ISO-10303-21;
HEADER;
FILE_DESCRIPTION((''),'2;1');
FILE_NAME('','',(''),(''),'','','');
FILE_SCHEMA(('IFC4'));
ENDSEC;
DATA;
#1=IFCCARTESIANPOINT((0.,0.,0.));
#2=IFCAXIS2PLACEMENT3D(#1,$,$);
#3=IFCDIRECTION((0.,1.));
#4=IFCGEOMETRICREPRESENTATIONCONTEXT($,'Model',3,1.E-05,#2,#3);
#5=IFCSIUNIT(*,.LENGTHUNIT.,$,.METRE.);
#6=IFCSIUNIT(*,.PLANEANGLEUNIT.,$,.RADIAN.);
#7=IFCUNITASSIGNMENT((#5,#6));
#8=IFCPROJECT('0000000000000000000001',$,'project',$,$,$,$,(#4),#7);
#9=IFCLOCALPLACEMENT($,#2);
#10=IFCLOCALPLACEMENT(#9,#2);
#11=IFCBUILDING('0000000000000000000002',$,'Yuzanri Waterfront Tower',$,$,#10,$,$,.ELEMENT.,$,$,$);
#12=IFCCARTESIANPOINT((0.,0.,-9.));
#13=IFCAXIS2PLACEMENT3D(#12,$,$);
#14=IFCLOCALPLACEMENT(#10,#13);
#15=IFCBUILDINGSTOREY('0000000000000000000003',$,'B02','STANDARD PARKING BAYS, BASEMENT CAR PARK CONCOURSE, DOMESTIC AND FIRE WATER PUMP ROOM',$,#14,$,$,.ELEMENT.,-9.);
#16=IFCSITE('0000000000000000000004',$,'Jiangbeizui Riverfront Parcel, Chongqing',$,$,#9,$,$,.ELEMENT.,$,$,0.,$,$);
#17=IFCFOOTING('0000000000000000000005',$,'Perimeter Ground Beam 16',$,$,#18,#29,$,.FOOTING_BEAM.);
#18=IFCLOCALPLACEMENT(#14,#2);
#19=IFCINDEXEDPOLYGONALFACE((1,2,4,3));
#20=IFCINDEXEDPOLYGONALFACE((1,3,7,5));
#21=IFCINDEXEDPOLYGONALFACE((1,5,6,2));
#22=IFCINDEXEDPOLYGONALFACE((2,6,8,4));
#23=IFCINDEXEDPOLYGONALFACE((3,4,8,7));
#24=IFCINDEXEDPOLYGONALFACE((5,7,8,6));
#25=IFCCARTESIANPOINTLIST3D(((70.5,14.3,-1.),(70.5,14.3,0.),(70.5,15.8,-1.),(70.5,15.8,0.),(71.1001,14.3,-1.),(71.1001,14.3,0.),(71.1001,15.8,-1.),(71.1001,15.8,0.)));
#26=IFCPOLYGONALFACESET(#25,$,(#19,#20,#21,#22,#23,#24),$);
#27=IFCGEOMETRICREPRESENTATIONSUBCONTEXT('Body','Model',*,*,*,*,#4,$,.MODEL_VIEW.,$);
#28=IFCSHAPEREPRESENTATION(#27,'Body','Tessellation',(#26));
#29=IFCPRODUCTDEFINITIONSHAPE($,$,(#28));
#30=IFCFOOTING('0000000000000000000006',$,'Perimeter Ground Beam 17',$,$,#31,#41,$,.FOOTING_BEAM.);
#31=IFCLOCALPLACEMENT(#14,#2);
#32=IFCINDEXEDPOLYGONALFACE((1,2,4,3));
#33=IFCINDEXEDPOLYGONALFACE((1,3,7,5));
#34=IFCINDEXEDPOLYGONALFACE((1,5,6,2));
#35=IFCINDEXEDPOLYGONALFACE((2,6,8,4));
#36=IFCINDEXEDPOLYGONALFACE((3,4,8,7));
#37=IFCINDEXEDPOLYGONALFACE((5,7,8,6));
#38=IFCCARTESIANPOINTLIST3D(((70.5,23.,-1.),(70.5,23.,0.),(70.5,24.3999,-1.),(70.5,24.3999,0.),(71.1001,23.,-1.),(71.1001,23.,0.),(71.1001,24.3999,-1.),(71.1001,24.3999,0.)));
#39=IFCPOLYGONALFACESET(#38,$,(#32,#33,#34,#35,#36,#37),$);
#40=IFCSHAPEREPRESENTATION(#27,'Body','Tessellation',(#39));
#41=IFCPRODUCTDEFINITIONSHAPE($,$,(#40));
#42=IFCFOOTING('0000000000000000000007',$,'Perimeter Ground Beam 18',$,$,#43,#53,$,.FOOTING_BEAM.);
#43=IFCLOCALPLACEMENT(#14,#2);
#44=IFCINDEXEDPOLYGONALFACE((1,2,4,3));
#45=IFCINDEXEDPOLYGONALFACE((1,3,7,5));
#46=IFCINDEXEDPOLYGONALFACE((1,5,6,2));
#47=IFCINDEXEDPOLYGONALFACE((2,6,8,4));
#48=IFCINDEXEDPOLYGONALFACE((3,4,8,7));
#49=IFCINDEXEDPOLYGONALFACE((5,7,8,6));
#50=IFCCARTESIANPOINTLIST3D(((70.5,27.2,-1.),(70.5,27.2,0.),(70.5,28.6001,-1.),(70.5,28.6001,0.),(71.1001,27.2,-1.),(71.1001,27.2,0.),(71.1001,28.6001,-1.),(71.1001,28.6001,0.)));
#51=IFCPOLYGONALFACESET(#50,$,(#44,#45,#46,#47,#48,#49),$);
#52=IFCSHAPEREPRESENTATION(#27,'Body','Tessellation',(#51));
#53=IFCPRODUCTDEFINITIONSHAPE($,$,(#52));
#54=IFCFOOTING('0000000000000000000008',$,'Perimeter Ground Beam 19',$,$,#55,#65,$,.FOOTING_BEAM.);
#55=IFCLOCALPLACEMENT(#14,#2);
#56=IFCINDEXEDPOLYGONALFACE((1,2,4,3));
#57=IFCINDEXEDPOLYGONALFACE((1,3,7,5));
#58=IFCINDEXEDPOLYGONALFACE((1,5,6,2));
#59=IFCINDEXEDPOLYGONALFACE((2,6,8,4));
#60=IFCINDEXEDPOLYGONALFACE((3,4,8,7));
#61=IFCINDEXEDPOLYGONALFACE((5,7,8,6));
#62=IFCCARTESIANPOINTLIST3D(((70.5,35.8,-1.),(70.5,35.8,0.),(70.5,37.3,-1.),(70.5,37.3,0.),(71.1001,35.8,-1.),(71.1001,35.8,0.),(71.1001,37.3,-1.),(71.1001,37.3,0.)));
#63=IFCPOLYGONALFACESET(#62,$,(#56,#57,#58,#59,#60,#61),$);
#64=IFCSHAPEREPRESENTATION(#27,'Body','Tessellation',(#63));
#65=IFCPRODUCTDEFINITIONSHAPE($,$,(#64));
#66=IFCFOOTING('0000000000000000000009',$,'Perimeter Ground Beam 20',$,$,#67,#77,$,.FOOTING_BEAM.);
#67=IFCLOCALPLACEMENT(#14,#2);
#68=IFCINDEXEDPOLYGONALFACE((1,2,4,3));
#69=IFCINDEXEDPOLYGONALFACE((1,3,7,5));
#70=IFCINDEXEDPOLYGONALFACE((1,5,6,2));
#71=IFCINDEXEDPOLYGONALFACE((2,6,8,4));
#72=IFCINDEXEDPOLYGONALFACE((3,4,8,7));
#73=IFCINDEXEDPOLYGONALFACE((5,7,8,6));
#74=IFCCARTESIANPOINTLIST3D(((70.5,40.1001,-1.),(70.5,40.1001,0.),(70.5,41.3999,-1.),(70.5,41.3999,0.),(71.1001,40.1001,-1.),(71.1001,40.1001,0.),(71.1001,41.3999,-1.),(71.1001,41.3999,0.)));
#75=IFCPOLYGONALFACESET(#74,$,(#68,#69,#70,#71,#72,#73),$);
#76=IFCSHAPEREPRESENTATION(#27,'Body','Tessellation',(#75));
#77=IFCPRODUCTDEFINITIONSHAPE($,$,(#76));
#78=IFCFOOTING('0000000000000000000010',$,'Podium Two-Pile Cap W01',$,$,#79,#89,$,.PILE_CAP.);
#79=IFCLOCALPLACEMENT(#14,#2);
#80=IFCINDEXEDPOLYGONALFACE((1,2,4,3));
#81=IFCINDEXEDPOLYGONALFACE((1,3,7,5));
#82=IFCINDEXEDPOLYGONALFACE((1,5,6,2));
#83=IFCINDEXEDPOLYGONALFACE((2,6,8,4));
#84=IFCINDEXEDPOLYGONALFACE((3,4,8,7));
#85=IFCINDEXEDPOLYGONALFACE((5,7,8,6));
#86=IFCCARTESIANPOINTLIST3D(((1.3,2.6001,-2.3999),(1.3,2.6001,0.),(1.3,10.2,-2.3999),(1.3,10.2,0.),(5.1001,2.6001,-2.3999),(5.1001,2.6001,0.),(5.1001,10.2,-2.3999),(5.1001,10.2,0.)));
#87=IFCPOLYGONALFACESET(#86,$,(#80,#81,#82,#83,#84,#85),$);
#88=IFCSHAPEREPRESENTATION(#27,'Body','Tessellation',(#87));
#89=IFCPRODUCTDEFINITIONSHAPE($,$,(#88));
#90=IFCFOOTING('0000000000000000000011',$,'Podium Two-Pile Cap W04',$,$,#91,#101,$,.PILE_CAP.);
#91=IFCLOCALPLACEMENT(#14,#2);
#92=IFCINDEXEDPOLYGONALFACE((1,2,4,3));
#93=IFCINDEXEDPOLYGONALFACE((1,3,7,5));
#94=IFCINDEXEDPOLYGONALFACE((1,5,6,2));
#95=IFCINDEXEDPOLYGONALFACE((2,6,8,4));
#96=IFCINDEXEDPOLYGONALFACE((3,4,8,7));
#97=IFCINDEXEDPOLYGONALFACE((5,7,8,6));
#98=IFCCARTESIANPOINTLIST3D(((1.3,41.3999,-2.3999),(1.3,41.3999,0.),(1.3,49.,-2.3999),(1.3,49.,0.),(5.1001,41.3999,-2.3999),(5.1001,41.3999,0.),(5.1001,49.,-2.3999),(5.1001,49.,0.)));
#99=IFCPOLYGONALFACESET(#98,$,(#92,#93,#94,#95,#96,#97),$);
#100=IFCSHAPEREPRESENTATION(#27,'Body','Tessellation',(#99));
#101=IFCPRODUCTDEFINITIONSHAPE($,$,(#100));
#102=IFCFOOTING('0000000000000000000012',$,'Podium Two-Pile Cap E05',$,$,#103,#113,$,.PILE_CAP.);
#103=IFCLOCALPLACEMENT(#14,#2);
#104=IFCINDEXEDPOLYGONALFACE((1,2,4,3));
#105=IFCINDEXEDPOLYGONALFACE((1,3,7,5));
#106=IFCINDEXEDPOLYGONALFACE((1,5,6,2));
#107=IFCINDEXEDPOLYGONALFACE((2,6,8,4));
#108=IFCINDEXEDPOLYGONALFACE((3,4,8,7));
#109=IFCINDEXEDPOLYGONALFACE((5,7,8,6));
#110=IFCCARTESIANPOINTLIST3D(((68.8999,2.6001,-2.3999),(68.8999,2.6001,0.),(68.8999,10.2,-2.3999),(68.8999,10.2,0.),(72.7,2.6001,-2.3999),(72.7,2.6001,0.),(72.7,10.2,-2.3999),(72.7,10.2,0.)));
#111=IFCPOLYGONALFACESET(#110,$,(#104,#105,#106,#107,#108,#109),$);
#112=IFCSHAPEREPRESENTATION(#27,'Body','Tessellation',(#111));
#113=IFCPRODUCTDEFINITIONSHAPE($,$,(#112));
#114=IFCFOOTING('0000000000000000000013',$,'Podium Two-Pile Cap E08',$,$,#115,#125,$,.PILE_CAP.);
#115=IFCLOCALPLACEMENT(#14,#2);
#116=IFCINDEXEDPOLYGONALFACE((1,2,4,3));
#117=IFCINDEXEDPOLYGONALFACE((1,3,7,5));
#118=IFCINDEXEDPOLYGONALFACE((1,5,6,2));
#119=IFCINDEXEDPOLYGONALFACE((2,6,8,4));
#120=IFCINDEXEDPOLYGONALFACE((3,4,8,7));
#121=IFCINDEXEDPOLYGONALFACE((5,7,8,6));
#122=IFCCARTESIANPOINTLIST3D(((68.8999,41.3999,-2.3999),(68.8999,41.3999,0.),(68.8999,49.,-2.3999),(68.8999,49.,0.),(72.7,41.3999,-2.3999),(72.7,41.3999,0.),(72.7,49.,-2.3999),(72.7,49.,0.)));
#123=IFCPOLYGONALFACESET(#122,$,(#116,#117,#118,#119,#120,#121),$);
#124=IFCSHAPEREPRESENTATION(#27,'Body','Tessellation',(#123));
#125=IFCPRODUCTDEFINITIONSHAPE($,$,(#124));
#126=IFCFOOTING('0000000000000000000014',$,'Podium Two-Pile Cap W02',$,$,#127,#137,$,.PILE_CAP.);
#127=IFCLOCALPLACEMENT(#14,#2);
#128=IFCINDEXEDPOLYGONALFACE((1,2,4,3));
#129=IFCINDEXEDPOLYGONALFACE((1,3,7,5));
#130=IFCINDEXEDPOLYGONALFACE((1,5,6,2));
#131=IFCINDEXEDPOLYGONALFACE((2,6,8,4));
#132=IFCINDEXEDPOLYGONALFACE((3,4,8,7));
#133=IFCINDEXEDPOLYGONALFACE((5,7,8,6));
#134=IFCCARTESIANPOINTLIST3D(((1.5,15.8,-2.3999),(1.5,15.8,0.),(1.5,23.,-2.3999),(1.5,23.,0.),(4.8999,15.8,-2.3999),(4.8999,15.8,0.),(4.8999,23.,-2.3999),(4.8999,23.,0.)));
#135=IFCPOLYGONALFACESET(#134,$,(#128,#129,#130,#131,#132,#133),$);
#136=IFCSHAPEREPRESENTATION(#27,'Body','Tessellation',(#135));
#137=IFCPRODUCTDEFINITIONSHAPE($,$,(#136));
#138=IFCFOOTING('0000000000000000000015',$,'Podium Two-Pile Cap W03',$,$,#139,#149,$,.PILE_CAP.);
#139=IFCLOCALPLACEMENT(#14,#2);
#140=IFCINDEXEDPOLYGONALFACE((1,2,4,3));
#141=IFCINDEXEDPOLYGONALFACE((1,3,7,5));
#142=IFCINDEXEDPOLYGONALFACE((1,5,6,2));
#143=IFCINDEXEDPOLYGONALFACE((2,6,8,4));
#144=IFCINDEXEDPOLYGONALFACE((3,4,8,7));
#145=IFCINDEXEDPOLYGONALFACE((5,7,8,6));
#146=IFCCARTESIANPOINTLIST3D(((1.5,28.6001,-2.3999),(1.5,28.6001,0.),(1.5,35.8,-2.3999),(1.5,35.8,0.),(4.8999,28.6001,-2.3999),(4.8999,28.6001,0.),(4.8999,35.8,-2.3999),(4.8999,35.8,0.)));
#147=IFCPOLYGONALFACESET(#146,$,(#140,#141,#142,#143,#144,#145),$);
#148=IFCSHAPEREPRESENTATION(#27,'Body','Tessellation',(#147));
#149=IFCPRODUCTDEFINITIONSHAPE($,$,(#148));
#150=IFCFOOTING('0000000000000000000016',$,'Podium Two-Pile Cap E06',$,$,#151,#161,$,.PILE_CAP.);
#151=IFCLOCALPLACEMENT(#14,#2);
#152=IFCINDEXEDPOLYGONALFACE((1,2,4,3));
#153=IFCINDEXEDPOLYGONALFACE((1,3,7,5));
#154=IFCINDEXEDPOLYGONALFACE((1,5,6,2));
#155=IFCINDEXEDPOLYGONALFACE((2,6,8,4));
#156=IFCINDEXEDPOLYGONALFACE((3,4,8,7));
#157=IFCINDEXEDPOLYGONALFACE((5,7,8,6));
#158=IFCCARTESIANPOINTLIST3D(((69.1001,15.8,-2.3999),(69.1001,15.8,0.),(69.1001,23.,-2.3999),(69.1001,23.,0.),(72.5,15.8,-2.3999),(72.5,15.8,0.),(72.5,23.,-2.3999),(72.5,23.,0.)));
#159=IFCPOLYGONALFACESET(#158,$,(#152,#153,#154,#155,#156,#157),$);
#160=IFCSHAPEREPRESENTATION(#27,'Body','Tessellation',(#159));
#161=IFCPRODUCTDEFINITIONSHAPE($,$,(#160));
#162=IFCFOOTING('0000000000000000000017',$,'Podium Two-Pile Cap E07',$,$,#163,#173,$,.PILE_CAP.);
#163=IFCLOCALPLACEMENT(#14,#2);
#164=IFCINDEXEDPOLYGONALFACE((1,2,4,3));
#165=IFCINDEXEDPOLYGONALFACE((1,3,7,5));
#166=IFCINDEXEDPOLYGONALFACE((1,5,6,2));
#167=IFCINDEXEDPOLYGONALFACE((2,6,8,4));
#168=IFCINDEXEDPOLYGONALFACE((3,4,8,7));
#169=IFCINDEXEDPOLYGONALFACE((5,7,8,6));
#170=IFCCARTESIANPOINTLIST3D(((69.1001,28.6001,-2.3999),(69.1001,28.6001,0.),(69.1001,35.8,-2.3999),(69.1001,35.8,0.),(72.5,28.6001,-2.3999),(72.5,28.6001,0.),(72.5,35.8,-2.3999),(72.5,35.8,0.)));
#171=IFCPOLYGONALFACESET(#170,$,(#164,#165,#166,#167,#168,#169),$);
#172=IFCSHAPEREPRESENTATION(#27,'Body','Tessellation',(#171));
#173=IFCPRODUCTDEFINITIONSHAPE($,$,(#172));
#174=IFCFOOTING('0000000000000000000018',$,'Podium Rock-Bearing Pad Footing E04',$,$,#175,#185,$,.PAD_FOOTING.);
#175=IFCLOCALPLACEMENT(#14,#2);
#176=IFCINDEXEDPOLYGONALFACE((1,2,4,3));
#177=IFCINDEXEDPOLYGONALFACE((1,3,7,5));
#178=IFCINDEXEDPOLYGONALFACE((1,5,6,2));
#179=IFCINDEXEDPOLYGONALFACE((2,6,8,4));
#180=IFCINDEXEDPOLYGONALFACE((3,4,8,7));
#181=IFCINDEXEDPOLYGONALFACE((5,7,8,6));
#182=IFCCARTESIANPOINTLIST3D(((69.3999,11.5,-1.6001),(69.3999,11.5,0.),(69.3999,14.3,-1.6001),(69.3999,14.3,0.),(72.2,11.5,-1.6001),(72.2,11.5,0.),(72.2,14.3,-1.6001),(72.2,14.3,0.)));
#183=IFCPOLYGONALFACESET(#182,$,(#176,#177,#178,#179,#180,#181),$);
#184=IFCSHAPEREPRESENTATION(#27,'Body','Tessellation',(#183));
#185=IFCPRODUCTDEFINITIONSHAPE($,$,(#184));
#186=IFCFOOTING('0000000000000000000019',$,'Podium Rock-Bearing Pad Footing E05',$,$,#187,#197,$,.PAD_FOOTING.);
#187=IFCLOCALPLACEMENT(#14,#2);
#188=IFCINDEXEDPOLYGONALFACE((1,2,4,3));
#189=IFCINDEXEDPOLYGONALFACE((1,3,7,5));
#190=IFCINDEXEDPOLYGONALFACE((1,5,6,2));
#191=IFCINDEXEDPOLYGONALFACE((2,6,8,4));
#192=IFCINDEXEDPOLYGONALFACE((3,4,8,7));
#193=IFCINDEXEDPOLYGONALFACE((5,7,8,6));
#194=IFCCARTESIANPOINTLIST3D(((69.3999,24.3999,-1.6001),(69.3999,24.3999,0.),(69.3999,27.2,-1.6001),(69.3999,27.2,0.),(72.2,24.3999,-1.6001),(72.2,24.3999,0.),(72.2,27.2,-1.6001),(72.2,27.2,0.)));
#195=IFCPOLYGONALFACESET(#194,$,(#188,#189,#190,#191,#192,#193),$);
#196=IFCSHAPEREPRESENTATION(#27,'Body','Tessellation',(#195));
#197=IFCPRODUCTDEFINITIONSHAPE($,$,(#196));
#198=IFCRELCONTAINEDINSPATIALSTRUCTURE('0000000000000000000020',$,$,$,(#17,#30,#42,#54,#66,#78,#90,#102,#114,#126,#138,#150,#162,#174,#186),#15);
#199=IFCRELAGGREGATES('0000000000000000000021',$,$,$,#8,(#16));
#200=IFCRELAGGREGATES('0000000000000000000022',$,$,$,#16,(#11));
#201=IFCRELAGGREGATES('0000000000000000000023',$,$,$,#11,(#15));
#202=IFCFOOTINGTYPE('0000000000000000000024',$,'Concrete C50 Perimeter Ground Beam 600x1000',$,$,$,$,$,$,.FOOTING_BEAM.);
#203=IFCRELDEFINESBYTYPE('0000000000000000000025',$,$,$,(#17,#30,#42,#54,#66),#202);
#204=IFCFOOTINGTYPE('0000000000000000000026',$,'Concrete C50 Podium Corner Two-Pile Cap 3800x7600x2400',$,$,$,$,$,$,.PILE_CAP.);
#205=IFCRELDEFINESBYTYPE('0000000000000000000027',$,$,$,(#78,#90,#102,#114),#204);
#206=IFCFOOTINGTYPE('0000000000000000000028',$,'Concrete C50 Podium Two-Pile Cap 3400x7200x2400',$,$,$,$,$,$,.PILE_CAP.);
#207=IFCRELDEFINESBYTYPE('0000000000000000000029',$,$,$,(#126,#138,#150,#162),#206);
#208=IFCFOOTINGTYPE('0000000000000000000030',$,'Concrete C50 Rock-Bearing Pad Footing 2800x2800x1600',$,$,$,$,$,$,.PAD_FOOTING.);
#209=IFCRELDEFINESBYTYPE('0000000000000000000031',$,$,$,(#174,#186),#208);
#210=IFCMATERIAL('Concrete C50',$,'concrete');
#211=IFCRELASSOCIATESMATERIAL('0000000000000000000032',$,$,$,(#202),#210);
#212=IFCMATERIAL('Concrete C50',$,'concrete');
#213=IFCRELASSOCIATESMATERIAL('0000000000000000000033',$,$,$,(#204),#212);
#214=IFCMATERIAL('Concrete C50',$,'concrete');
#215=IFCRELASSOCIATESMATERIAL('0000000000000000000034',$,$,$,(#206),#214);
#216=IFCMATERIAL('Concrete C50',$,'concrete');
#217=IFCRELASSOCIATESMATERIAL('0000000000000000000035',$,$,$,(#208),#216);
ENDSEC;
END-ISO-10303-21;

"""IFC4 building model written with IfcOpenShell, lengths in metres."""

from ifc_helpers import new_model, si_unit, direction, frame, origin, place, context, subcontext, project, spatial, polyline, outline, extrude, material, type_object, element, save


model = new_model("IFC4")

# Units and contexts
model_context = context("Model", 3, precision=1e-05, world=origin(), true_north=direction((0.0, 1.0)))
body_context = subcontext(model_context, "Body", "Model", "MODEL_VIEW")
ifc_project = project(units=[si_unit("LENGTHUNIT", "METRE"), si_unit("PLANEANGLEUNIT", "RADIAN")], contexts=[model_context])

# Site, building, storey
site_placement = place(None, origin())
site = spatial("IfcSite", under=ifc_project, at=site_placement, Name="Jiangbeizui Riverfront Parcel, Chongqing", CompositionType="ELEMENT", RefElevation=0.0)
building_placement = place(site_placement, origin())
building = spatial("IfcBuilding", under=site, at=building_placement, Name="Yuzanri Waterfront Tower", CompositionType="ELEMENT")
storey_placement = place(building_placement, frame((0.0, 0.0, -9.0)))
storey = spatial("IfcBuildingStorey", under=building, at=storey_placement, Name="B02", Description="STANDARD PARKING BAYS, BASEMENT CAR PARK CONCOURSE, DOMESTIC AND FIRE WATER PUMP ROOM", CompositionType="ELEMENT", Elevation=-9.0)

# Footings
ifc_material_1 = material(Name="Concrete C50", Category="concrete")
footing_type_1 = type_object("IfcFootingType", Name="Concrete C50 Perimeter Ground Beam 600x1000", PredefinedType="FOOTING_BEAM", material=ifc_material_1)
footing_1_placement = place(storey_placement, frame((0.0, 0.0, -1.0)))
element("IfcFooting", 1, at=footing_1_placement, inside=storey, type_object=footing_type_1, Name="Perimeter Ground Beam 16", PredefinedType="FOOTING_BEAM", context=body_context, shape_type="SweptSolid", body=[
    extrude(outline(polyline([(70.5, 14.3), (71.1001, 14.3), (71.1001, 15.8), (70.5, 15.8), (70.5, 14.3)])), origin(), (0.0, 0.0, 1.0), 1.0),
])
footing_2_placement = place(storey_placement, frame((0.0, 0.0, -1.0)))
element("IfcFooting", 2, at=footing_2_placement, inside=storey, type_object=footing_type_1, Name="Perimeter Ground Beam 17", PredefinedType="FOOTING_BEAM", context=body_context, shape_type="SweptSolid", body=[
    extrude(outline(polyline([(70.5, 23.0), (71.1001, 23.0), (71.1001, 24.3999), (70.5, 24.3999), (70.5, 23.0)])), origin(), (0.0, 0.0, 1.0), 1.0),
])
footing_3_placement = place(storey_placement, frame((0.0, 0.0, -1.0)))
element("IfcFooting", 3, at=footing_3_placement, inside=storey, type_object=footing_type_1, Name="Perimeter Ground Beam 18", PredefinedType="FOOTING_BEAM", context=body_context, shape_type="SweptSolid", body=[
    extrude(outline(polyline([(70.5, 27.2), (71.1001, 27.2), (71.1001, 28.6001), (70.5, 28.6001), (70.5, 27.2)])), origin(), (0.0, 0.0, 1.0), 1.0),
])
footing_4_placement = place(storey_placement, frame((0.0, 0.0, -1.0)))
element("IfcFooting", 4, at=footing_4_placement, inside=storey, type_object=footing_type_1, Name="Perimeter Ground Beam 19", PredefinedType="FOOTING_BEAM", context=body_context, shape_type="SweptSolid", body=[
    extrude(outline(polyline([(70.5, 35.8), (71.1001, 35.8), (71.1001, 37.3), (70.5, 37.3), (70.5, 35.8)])), origin(), (0.0, 0.0, 1.0), 1.0),
])
footing_5_placement = place(storey_placement, frame((0.0, 0.0, -1.0)))
element("IfcFooting", 5, at=footing_5_placement, inside=storey, type_object=footing_type_1, Name="Perimeter Ground Beam 20", PredefinedType="FOOTING_BEAM", context=body_context, shape_type="SweptSolid", body=[
    extrude(outline(polyline([(70.5, 40.1001), (71.1001, 40.1001), (71.1001, 41.3999), (70.5, 41.3999), (70.5, 40.1001)])), origin(), (0.0, 0.0, 1.0), 1.0),
])
ifc_material_2 = material(Name="Concrete C50", Category="concrete")
footing_type_2 = type_object("IfcFootingType", Name="Concrete C50 Podium Corner Two-Pile Cap 3800x7600x2400", PredefinedType="PILE_CAP", material=ifc_material_2)
footing_6_placement = place(storey_placement, frame((0.0, 0.0, -2.3999)))
element("IfcFooting", 6, at=footing_6_placement, inside=storey, type_object=footing_type_2, Name="Podium Two-Pile Cap W01", PredefinedType="PILE_CAP", context=body_context, shape_type="SweptSolid", body=[
    extrude(outline(polyline([(1.3, 2.6001), (5.1001, 2.6001), (5.1001, 10.2), (1.3, 10.2), (1.3, 2.6001)])), origin(), (0.0, 0.0, 1.0), 2.3999),
])
footing_7_placement = place(storey_placement, frame((0.0, 0.0, -2.3999)))
element("IfcFooting", 7, at=footing_7_placement, inside=storey, type_object=footing_type_2, Name="Podium Two-Pile Cap W04", PredefinedType="PILE_CAP", context=body_context, shape_type="SweptSolid", body=[
    extrude(outline(polyline([(1.3, 41.3999), (5.1001, 41.3999), (5.1001, 49.0), (1.3, 49.0), (1.3, 41.3999)])), origin(), (0.0, 0.0, 1.0), 2.3999),
])
footing_8_placement = place(storey_placement, frame((0.0, 0.0, -2.3999)))
element("IfcFooting", 8, at=footing_8_placement, inside=storey, type_object=footing_type_2, Name="Podium Two-Pile Cap E05", PredefinedType="PILE_CAP", context=body_context, shape_type="SweptSolid", body=[
    extrude(outline(polyline([(68.8999, 2.6001), (72.7, 2.6001), (72.7, 10.2), (68.8999, 10.2), (68.8999, 2.6001)])), origin(), (0.0, 0.0, 1.0), 2.3999),
])
footing_9_placement = place(storey_placement, frame((0.0, 0.0, -2.3999)))
element("IfcFooting", 9, at=footing_9_placement, inside=storey, type_object=footing_type_2, Name="Podium Two-Pile Cap E08", PredefinedType="PILE_CAP", context=body_context, shape_type="SweptSolid", body=[
    extrude(outline(polyline([(68.8999, 41.3999), (72.7, 41.3999), (72.7, 49.0), (68.8999, 49.0), (68.8999, 41.3999)])), origin(), (0.0, 0.0, 1.0), 2.3999),
])
ifc_material_3 = material(Name="Concrete C50", Category="concrete")
footing_type_3 = type_object("IfcFootingType", Name="Concrete C50 Podium Two-Pile Cap 3400x7200x2400", PredefinedType="PILE_CAP", material=ifc_material_3)
footing_10_placement = place(storey_placement, frame((0.0, 0.0, -2.3999)))
element("IfcFooting", 10, at=footing_10_placement, inside=storey, type_object=footing_type_3, Name="Podium Two-Pile Cap W02", PredefinedType="PILE_CAP", context=body_context, shape_type="SweptSolid", body=[
    extrude(outline(polyline([(1.5, 15.8), (4.8999, 15.8), (4.8999, 23.0), (1.5, 23.0), (1.5, 15.8)])), origin(), (0.0, 0.0, 1.0), 2.3999),
])
footing_11_placement = place(storey_placement, frame((0.0, 0.0, -2.3999)))
element("IfcFooting", 11, at=footing_11_placement, inside=storey, type_object=footing_type_3, Name="Podium Two-Pile Cap W03", PredefinedType="PILE_CAP", context=body_context, shape_type="SweptSolid", body=[
    extrude(outline(polyline([(1.5, 28.6001), (4.8999, 28.6001), (4.8999, 35.8), (1.5, 35.8), (1.5, 28.6001)])), origin(), (0.0, 0.0, 1.0), 2.3999),
])
footing_12_placement = place(storey_placement, frame((0.0, 0.0, -2.3999)))
element("IfcFooting", 12, at=footing_12_placement, inside=storey, type_object=footing_type_3, Name="Podium Two-Pile Cap E06", PredefinedType="PILE_CAP", context=body_context, shape_type="SweptSolid", body=[
    extrude(outline(polyline([(69.1001, 15.8), (72.5, 15.8), (72.5, 23.0), (69.1001, 23.0), (69.1001, 15.8)])), origin(), (0.0, 0.0, 1.0), 2.3999),
])
footing_13_placement = place(storey_placement, frame((0.0, 0.0, -2.3999)))
element("IfcFooting", 13, at=footing_13_placement, inside=storey, type_object=footing_type_3, Name="Podium Two-Pile Cap E07", PredefinedType="PILE_CAP", context=body_context, shape_type="SweptSolid", body=[
    extrude(outline(polyline([(69.1001, 28.6001), (72.5, 28.6001), (72.5, 35.8), (69.1001, 35.8), (69.1001, 28.6001)])), origin(), (0.0, 0.0, 1.0), 2.3999),
])
ifc_material_4 = material(Name="Concrete C50", Category="concrete")
footing_type_4 = type_object("IfcFootingType", Name="Concrete C50 Rock-Bearing Pad Footing 2800x2800x1600", PredefinedType="PAD_FOOTING", material=ifc_material_4)
footing_14_placement = place(storey_placement, frame((0.0, 0.0, -1.6001)))
element("IfcFooting", 14, at=footing_14_placement, inside=storey, type_object=footing_type_4, Name="Podium Rock-Bearing Pad Footing E04", PredefinedType="PAD_FOOTING", context=body_context, shape_type="SweptSolid", body=[
    extrude(outline(polyline([(69.3999, 11.5), (72.2, 11.5), (72.2, 14.3), (69.3999, 14.3), (69.3999, 11.5)])), origin(), (0.0, 0.0, 1.0), 1.6001),
])
footing_15_placement = place(storey_placement, frame((0.0, 0.0, -1.6001)))
element("IfcFooting", 15, at=footing_15_placement, inside=storey, type_object=footing_type_4, Name="Podium Rock-Bearing Pad Footing E05", PredefinedType="PAD_FOOTING", context=body_context, shape_type="SweptSolid", body=[
    extrude(outline(polyline([(69.3999, 24.3999), (72.2, 24.3999), (72.2, 27.2), (69.3999, 27.2), (69.3999, 24.3999)])), origin(), (0.0, 0.0, 1.0), 1.6001),
])

save(model, "model.ifc")
